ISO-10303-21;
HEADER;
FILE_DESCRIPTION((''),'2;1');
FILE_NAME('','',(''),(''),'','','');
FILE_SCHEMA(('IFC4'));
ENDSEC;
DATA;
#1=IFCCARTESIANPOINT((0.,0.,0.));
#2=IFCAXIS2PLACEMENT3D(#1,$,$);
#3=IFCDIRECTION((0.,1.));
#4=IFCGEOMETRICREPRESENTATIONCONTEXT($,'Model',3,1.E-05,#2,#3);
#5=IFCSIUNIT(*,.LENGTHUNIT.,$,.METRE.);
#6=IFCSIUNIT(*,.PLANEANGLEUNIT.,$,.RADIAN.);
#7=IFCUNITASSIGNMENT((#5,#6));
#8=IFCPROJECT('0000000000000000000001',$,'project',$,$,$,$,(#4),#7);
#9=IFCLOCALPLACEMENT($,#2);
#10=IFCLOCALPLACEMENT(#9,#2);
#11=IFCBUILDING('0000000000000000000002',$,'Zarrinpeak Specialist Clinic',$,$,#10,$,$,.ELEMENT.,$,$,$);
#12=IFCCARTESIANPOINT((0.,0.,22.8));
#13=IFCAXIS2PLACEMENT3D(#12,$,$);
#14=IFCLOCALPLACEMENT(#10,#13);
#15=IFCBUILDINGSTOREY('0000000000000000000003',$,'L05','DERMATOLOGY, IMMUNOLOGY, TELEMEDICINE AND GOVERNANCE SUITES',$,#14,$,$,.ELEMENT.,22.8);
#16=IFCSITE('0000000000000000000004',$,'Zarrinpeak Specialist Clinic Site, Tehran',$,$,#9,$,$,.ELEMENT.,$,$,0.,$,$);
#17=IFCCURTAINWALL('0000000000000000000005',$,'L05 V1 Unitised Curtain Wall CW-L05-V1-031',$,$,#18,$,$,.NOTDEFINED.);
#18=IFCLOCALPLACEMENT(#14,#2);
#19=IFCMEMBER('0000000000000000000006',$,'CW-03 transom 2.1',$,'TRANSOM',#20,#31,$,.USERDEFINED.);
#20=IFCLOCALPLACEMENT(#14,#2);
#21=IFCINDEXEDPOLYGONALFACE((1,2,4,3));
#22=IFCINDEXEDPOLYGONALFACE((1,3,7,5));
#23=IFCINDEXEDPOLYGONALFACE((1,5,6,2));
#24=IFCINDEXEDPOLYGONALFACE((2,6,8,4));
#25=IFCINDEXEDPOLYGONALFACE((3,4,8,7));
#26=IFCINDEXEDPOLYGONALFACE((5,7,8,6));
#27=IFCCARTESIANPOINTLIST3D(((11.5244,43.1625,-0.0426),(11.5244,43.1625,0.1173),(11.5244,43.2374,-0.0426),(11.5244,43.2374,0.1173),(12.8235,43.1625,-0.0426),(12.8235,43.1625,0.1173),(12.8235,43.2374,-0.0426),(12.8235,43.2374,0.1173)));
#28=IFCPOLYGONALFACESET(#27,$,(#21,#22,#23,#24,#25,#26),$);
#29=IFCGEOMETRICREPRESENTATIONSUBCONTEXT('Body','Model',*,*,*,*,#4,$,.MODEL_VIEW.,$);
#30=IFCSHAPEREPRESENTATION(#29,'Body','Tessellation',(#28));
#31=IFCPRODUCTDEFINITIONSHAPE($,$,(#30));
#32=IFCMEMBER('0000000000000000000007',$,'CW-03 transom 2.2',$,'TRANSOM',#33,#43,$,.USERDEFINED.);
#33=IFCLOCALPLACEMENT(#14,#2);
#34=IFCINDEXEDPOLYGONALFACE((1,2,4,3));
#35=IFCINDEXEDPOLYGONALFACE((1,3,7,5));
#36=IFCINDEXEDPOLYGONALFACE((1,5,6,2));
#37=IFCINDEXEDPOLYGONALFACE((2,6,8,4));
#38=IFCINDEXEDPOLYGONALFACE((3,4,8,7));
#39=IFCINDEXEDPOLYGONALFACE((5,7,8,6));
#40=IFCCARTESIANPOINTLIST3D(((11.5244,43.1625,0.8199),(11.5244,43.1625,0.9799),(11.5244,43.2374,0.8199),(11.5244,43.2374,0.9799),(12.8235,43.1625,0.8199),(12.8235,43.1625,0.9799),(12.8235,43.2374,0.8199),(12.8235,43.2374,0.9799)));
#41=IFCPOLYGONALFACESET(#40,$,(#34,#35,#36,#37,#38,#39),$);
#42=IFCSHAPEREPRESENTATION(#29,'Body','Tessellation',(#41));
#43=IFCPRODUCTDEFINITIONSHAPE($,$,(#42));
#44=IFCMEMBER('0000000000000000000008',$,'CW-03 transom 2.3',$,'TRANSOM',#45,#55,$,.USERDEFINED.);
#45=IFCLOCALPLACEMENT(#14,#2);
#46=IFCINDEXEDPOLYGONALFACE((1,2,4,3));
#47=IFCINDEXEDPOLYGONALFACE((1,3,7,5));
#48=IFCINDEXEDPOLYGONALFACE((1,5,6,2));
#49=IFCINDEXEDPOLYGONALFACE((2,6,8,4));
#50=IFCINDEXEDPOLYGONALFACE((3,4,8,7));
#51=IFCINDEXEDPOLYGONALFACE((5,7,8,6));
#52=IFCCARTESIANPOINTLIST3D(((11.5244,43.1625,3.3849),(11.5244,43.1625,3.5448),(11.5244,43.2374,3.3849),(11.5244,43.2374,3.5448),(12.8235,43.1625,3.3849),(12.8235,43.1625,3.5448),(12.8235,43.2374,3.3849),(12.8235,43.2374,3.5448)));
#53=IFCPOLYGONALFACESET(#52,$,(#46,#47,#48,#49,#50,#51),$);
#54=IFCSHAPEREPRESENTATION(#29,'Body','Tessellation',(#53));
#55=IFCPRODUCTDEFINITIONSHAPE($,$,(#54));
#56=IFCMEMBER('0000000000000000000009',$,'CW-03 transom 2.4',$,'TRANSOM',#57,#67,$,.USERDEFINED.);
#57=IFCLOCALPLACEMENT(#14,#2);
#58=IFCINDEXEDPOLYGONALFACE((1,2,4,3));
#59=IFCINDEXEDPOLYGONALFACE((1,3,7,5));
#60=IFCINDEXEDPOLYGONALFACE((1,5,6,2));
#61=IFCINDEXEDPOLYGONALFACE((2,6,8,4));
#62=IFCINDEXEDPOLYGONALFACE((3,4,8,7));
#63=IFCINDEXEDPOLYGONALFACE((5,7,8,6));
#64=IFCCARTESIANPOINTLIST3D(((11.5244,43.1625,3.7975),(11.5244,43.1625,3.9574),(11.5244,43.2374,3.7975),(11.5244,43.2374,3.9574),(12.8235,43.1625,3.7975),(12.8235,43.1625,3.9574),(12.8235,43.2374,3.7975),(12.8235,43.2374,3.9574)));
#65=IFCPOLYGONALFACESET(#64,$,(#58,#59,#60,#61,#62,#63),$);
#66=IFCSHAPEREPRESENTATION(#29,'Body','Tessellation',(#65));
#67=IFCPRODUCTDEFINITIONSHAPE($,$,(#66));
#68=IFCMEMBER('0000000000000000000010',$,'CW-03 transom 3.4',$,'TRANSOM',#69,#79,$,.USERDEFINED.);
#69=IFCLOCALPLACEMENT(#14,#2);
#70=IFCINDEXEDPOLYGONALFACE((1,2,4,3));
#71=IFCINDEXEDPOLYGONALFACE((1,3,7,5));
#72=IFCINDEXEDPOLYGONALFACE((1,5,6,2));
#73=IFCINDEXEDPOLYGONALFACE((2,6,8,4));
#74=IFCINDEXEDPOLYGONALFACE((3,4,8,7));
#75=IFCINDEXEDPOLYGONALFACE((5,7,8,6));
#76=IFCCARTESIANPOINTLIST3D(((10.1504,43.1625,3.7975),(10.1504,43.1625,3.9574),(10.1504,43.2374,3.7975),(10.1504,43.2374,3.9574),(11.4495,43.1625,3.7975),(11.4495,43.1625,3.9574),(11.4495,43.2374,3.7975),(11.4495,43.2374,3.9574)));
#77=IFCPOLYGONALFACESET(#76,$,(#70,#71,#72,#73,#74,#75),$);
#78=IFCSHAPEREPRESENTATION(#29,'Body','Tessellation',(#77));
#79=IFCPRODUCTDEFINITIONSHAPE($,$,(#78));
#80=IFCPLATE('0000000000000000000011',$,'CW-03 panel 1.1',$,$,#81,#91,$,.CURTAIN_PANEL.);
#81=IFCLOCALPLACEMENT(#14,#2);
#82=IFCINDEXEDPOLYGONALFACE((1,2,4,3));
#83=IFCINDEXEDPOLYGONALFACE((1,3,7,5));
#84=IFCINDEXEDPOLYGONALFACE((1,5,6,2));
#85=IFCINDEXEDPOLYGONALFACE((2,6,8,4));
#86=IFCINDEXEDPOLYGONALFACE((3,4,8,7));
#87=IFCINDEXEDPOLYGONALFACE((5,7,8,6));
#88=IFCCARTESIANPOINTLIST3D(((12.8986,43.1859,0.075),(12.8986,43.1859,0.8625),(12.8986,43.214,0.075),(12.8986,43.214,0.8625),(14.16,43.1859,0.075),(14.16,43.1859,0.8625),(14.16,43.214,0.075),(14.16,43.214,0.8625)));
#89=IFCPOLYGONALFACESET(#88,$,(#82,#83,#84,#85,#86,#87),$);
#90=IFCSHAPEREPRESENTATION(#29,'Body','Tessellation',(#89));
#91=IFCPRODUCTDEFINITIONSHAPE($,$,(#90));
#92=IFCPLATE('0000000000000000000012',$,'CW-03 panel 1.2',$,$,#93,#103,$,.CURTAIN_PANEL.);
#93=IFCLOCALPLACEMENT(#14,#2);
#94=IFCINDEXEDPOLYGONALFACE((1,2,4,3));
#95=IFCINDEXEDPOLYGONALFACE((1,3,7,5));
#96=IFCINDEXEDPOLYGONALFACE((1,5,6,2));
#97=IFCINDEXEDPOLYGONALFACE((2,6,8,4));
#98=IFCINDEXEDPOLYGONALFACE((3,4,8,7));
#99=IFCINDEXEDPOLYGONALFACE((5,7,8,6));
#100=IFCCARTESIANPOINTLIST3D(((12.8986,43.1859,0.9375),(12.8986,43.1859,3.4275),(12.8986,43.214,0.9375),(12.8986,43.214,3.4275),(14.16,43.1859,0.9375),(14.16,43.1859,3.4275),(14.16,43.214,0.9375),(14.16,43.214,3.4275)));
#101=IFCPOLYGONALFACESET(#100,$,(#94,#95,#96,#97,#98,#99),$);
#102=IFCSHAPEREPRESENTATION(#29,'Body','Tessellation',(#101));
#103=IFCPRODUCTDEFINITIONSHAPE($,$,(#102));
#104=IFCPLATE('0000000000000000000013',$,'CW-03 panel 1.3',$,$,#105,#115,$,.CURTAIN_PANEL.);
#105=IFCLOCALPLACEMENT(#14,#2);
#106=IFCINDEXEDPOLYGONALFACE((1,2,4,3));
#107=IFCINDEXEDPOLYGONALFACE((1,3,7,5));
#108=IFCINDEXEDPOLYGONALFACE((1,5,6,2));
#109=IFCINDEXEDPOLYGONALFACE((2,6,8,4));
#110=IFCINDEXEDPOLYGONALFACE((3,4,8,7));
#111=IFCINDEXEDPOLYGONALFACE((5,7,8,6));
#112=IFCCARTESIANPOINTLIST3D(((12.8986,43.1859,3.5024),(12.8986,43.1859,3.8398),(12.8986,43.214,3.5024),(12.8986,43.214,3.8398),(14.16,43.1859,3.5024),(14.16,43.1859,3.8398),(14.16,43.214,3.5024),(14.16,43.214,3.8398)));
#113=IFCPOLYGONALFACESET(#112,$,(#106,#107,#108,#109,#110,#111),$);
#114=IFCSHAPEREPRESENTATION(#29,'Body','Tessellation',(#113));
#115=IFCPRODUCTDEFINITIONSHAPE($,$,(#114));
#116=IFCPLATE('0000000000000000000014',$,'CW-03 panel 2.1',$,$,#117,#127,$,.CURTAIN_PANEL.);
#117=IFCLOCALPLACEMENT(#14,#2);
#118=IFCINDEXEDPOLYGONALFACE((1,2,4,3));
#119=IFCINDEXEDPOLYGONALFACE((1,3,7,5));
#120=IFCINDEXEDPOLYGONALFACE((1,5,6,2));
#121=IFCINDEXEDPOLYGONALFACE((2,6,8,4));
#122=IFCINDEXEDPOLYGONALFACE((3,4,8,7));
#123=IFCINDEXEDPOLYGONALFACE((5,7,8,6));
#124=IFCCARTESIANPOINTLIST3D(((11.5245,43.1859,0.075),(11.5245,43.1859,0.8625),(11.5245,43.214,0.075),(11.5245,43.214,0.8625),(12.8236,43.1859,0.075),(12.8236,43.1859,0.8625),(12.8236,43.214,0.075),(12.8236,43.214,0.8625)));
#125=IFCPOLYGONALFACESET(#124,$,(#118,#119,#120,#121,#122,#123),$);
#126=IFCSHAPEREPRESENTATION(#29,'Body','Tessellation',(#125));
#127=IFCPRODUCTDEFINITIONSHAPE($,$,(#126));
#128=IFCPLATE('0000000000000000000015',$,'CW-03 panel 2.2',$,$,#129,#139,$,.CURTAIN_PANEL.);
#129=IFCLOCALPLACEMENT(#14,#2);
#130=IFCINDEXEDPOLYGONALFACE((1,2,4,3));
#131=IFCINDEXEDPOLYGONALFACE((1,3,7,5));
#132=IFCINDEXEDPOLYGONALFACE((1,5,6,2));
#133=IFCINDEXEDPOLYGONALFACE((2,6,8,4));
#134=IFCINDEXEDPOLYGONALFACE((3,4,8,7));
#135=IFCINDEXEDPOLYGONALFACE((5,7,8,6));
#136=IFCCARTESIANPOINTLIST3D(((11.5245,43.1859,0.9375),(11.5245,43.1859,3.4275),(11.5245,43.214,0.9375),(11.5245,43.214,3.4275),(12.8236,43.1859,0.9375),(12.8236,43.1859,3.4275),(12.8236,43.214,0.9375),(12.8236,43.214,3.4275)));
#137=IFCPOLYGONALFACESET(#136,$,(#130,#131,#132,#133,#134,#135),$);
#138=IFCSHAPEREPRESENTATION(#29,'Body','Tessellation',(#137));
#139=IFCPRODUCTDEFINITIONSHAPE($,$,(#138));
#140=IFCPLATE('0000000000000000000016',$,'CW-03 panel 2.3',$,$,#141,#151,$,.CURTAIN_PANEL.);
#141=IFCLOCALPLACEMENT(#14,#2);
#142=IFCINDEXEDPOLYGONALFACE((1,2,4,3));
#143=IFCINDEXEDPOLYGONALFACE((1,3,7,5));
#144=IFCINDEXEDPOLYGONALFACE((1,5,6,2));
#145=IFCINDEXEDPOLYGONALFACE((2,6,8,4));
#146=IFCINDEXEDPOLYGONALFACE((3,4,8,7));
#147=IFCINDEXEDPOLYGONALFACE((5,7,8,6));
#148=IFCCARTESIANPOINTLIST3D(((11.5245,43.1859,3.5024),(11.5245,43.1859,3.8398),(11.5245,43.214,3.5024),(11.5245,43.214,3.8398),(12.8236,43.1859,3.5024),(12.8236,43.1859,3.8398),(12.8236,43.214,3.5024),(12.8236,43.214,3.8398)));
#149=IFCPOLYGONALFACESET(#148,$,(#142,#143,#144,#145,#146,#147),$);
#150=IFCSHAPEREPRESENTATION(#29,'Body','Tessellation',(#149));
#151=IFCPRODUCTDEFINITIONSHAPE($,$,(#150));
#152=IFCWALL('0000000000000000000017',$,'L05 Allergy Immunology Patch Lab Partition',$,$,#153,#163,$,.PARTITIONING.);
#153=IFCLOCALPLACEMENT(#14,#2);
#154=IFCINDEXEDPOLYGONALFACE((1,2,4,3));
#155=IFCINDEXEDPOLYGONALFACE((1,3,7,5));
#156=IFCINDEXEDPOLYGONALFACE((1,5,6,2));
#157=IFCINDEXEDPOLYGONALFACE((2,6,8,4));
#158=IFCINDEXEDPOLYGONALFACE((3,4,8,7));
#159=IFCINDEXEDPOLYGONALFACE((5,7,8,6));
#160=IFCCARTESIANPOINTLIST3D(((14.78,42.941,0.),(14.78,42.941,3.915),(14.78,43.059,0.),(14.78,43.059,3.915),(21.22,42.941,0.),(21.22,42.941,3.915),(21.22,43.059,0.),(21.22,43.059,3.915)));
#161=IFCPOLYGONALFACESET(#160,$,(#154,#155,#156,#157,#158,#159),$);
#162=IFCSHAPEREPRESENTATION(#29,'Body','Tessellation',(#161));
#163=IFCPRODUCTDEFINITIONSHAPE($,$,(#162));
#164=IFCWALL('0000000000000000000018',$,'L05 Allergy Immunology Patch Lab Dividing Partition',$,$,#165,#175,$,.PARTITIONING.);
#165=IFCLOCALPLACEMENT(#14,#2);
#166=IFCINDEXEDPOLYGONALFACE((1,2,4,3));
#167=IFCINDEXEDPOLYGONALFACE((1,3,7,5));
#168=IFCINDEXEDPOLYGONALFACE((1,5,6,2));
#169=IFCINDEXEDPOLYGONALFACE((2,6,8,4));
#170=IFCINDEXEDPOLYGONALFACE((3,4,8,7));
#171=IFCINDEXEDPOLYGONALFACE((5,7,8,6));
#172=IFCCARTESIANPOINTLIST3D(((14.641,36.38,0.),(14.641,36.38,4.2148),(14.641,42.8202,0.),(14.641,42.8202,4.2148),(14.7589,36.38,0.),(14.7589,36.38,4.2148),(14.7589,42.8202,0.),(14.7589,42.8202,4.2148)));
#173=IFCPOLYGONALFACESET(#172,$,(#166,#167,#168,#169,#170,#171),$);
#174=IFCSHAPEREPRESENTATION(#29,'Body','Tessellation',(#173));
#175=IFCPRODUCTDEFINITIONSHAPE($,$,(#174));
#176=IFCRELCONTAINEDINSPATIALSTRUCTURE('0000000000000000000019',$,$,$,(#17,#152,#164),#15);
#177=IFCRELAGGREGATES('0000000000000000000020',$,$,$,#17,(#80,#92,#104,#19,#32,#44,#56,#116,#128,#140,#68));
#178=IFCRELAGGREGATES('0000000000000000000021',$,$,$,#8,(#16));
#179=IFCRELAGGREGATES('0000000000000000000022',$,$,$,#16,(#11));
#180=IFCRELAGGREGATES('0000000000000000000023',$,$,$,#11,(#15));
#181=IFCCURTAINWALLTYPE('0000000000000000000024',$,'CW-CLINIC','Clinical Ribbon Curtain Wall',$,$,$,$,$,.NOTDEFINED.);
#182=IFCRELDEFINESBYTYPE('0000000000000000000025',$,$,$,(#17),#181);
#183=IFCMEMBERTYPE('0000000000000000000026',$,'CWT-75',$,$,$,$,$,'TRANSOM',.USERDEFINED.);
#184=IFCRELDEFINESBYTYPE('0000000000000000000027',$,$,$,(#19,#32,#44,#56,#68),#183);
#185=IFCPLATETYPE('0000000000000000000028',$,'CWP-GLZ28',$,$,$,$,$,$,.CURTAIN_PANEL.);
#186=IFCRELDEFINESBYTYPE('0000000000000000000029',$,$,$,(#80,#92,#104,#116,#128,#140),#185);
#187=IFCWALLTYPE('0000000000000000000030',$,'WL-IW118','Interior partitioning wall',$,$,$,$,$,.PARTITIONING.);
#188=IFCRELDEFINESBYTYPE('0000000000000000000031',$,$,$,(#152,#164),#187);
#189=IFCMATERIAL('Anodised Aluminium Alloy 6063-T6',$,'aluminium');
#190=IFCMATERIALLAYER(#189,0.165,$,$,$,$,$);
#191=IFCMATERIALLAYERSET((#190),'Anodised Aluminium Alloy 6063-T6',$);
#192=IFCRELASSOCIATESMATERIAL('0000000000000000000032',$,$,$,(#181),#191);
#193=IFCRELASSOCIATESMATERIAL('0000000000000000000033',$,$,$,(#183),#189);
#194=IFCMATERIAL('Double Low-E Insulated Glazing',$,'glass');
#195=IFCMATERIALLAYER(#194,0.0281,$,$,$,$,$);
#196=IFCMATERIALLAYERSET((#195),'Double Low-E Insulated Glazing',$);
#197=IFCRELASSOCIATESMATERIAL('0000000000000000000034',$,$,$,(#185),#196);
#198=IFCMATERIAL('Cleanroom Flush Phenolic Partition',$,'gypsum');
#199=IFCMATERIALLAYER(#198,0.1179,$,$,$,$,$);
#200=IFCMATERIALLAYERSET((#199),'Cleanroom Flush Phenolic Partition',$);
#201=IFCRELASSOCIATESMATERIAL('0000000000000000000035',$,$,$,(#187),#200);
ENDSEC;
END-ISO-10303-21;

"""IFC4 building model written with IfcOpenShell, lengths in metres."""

from ifc_helpers import new_model, si_unit, direction, frame, frame_2d, origin, origin_2d, place, context, subcontext, project, spatial, rectangle, extrude, material, layer, layer_set, material_profile, profile_set, type_object, element, aggregate, save


model = new_model("IFC4")

# Units and contexts
model_context = context("Model", 3, precision=1e-05, world=origin(), true_north=direction((0.0, 1.0)))
body_context = subcontext(model_context, "Body", "Model", "MODEL_VIEW")
ifc_project = project(units=[si_unit("LENGTHUNIT", "METRE"), si_unit("PLANEANGLEUNIT", "RADIAN")], contexts=[model_context])

# Site, building, storey
site_placement = place(None, origin())
site = spatial("IfcSite", under=ifc_project, at=site_placement, Name="Zarrinpeak Specialist Clinic Site, Tehran", CompositionType="ELEMENT", RefElevation=0.0)
building_placement = place(site_placement, origin())
building = spatial("IfcBuilding", under=site, at=building_placement, Name="Zarrinpeak Specialist Clinic", CompositionType="ELEMENT")
storey_placement = place(building_placement, frame((0.0, 0.0, 22.8)))
storey = spatial("IfcBuildingStorey", under=building, at=storey_placement, Name="L05", Description="DERMATOLOGY, IMMUNOLOGY, TELEMEDICINE AND GOVERNANCE SUITES", CompositionType="ELEMENT", Elevation=22.8)

# Curtain wall, members, plates
ifc_material_1 = material(Name="Anodised Aluminium Alloy 6063-T6", Category="aluminium")
ifc_layer_1 = layer(ifc_material_1, 0.165)
ifc_layer_set_1 = layer_set([ifc_layer_1], Name="Anodised Aluminium Alloy 6063-T6")
curtain_wall_type = type_object("IfcCurtainWallType", Name="CW-CLINIC", Description="Clinical Ribbon Curtain Wall", PredefinedType="NOTDEFINED", material=ifc_layer_set_1)
curtain_wall_placement = place(storey_placement, origin())
curtain_wall = element("IfcCurtainWall", 1, at=curtain_wall_placement, inside=storey, type_object=curtain_wall_type, Name="L05 V1 Unitised Curtain Wall CW-L05-V1-031", PredefinedType="NOTDEFINED")
ifc_material_profile_1 = material_profile(ifc_material_1, rectangle(XDim=0.075, YDim=0.1599, at=origin_2d()), Name="ALU 75x160")
ifc_profile_set_1 = profile_set([ifc_material_profile_1], Name="Anodised Aluminium Alloy 6063-T6")
member_type_1 = type_object("IfcMemberType", Name="CWT-75", ElementType="TRANSOM", PredefinedType="USERDEFINED", material=ifc_profile_set_1)
member_1_placement = place(storey_placement, frame((12.8235, 43.2, 0.0374), z_axis=(-1.0, 0.0, 0.0), x_axis=(0.0, -1.0, 0.0)))
member_1 = element("IfcMember", 2, at=member_1_placement, type_object=member_type_1, Name="CW-03 transom 2.1", ObjectType="TRANSOM", PredefinedType="USERDEFINED", context=body_context, shape_type="SweptSolid", body=[
    extrude(rectangle(XDim=0.075, YDim=0.1599, at=origin_2d()), origin(), (0.0, 0.0, 1.0), 1.2991),
])
member_2_placement = place(storey_placement, frame((12.8235, 43.2, 0.8999), z_axis=(-1.0, 0.0, 0.0), x_axis=(0.0, -1.0, 0.0)))
member_2 = element("IfcMember", 3, at=member_2_placement, type_object=member_type_1, Name="CW-03 transom 2.2", ObjectType="TRANSOM", PredefinedType="USERDEFINED", context=body_context, shape_type="SweptSolid", body=[
    extrude(rectangle(XDim=0.075, YDim=0.1599, at=origin_2d()), origin(), (0.0, 0.0, 1.0), 1.2991),
])
member_3_placement = place(storey_placement, frame((12.8235, 43.2, 3.4648), z_axis=(-1.0, 0.0, 0.0), x_axis=(0.0, -1.0, 0.0)))
member_3 = element("IfcMember", 4, at=member_3_placement, type_object=member_type_1, Name="CW-03 transom 2.3", ObjectType="TRANSOM", PredefinedType="USERDEFINED", context=body_context, shape_type="SweptSolid", body=[
    extrude(rectangle(XDim=0.075, YDim=0.1599, at=origin_2d()), origin(), (0.0, 0.0, 1.0), 1.2991),
])
member_4_placement = place(storey_placement, frame((12.8235, 43.2, 3.8774), z_axis=(-1.0, 0.0, 0.0), x_axis=(0.0, -1.0, 0.0)))
member_4 = element("IfcMember", 5, at=member_4_placement, type_object=member_type_1, Name="CW-03 transom 2.4", ObjectType="TRANSOM", PredefinedType="USERDEFINED", context=body_context, shape_type="SweptSolid", body=[
    extrude(rectangle(XDim=0.075, YDim=0.1599, at=origin_2d()), origin(), (0.0, 0.0, 1.0), 1.2991),
])
member_5_placement = place(storey_placement, frame((11.4495, 43.2, 3.8774), z_axis=(-1.0, 0.0, 0.0), x_axis=(0.0, -1.0, 0.0)))
member_5 = element("IfcMember", 6, at=member_5_placement, type_object=member_type_1, Name="CW-03 transom 3.4", ObjectType="TRANSOM", PredefinedType="USERDEFINED", context=body_context, shape_type="SweptSolid", body=[
    extrude(rectangle(XDim=0.075, YDim=0.1599, at=origin_2d()), origin(), (0.0, 0.0, 1.0), 1.2991),
])
ifc_material_2 = material(Name="Double Low-E Insulated Glazing", Category="glass")
ifc_layer_2 = layer(ifc_material_2, 0.0281)
ifc_layer_set_2 = layer_set([ifc_layer_2], Name="Double Low-E Insulated Glazing")
plate_type = type_object("IfcPlateType", Name="CWP-GLZ28", PredefinedType="CURTAIN_PANEL", material=ifc_layer_set_2)
plate_1_placement = place(storey_placement, frame((13.5293, 43.2, 0.075), z_axis=(0.0, 0.0, 1.0), x_axis=(-1.0, 0.0, 0.0)))
plate_1 = element("IfcPlate", 7, at=plate_1_placement, type_object=plate_type, Name="CW-03 panel 1.1", PredefinedType="CURTAIN_PANEL", context=body_context, shape_type="SweptSolid", body=[
    extrude(rectangle(XDim=1.2615, YDim=0.0281, at=origin_2d()), origin(), (0.0, 0.0, 1.0), 0.7876),
])
plate_2_placement = place(storey_placement, frame((13.5293, 43.2, 0.9375), z_axis=(0.0, 0.0, 1.0), x_axis=(-1.0, 0.0, 0.0)))
plate_2 = element("IfcPlate", 8, at=plate_2_placement, type_object=plate_type, Name="CW-03 panel 1.2", PredefinedType="CURTAIN_PANEL", context=body_context, shape_type="SweptSolid", body=[
    extrude(rectangle(XDim=1.2615, YDim=0.0281, at=origin_2d()), origin(), (0.0, 0.0, 1.0), 2.49),
])
plate_3_placement = place(storey_placement, frame((13.5293, 43.2, 3.5024), z_axis=(0.0, 0.0, 1.0), x_axis=(-1.0, 0.0, 0.0)))
plate_3 = element("IfcPlate", 9, at=plate_3_placement, type_object=plate_type, Name="CW-03 panel 1.3", PredefinedType="CURTAIN_PANEL", context=body_context, shape_type="SweptSolid", body=[
    extrude(rectangle(XDim=1.2615, YDim=0.0281, at=origin_2d()), origin(), (0.0, 0.0, 1.0), 0.3374),
])
plate_4_placement = place(storey_placement, frame((12.1741, 43.2, 0.075), z_axis=(0.0, 0.0, 1.0), x_axis=(-1.0, 0.0, 0.0)))
plate_4 = element("IfcPlate", 10, at=plate_4_placement, type_object=plate_type, Name="CW-03 panel 2.1", PredefinedType="CURTAIN_PANEL", context=body_context, shape_type="SweptSolid", body=[
    extrude(rectangle(XDim=1.2991, YDim=0.0281, at=origin_2d()), origin(), (0.0, 0.0, 1.0), 0.7876),
])
plate_5_placement = place(storey_placement, frame((12.1741, 43.2, 0.9375), z_axis=(0.0, 0.0, 1.0), x_axis=(-1.0, 0.0, 0.0)))
plate_5 = element("IfcPlate", 11, at=plate_5_placement, type_object=plate_type, Name="CW-03 panel 2.2", PredefinedType="CURTAIN_PANEL", context=body_context, shape_type="SweptSolid", body=[
    extrude(rectangle(XDim=1.2991, YDim=0.0281, at=origin_2d()), origin(), (0.0, 0.0, 1.0), 2.49),
])
plate_6_placement = place(storey_placement, frame((12.1741, 43.2, 3.5024), z_axis=(0.0, 0.0, 1.0), x_axis=(-1.0, 0.0, 0.0)))
plate_6 = element("IfcPlate", 12, at=plate_6_placement, type_object=plate_type, Name="CW-03 panel 2.3", PredefinedType="CURTAIN_PANEL", context=body_context, shape_type="SweptSolid", body=[
    extrude(rectangle(XDim=1.2991, YDim=0.0281, at=origin_2d()), origin(), (0.0, 0.0, 1.0), 0.3374),
])
aggregate(curtain_wall, [plate_1, plate_2, plate_3, member_1, member_2, member_3, member_4, plate_4, plate_5, plate_6, member_5])

# Walls
ifc_material_3 = material(Name="Cleanroom Flush Phenolic Partition", Category="gypsum")
ifc_layer_3 = layer(ifc_material_3, 0.1179)
ifc_layer_set_3 = layer_set([ifc_layer_3], Name="Cleanroom Flush Phenolic Partition")
wall_type = type_object("IfcWallType", Name="WL-IW118", Description="Interior partitioning wall", PredefinedType="PARTITIONING", material=ifc_layer_set_3)
wall_1_placement = place(storey_placement, frame((14.78, 43.0, 0.0), z_axis=(0.0, 0.0, 1.0), x_axis=(1.0, 0.0, 0.0)))
element("IfcWall", 13, at=wall_1_placement, inside=storey, type_object=wall_type, Name="L05 Allergy Immunology Patch Lab Partition", PredefinedType="PARTITIONING", context=body_context, shape_type="SweptSolid", body=[
    extrude(rectangle(XDim=6.4399, YDim=0.1179, at=frame_2d((3.22, 0.0))), origin(), (0.0, 0.0, 1.0), 3.915),
])
wall_2_placement = place(storey_placement, frame((14.7, 36.3799, 0.0), z_axis=(0.0, 0.0, 1.0), x_axis=(0.0, 1.0, 0.0)))
element("IfcWall", 14, at=wall_2_placement, inside=storey, type_object=wall_type, Name="L05 Allergy Immunology Patch Lab Dividing Partition", PredefinedType="PARTITIONING", context=body_context, shape_type="SweptSolid", body=[
    extrude(rectangle(XDim=6.4402, YDim=0.1179, at=frame_2d((3.2202, 0.0))), origin(), (0.0, 0.0, 1.0), 4.2148),
])

save(model, "model.ifc")
